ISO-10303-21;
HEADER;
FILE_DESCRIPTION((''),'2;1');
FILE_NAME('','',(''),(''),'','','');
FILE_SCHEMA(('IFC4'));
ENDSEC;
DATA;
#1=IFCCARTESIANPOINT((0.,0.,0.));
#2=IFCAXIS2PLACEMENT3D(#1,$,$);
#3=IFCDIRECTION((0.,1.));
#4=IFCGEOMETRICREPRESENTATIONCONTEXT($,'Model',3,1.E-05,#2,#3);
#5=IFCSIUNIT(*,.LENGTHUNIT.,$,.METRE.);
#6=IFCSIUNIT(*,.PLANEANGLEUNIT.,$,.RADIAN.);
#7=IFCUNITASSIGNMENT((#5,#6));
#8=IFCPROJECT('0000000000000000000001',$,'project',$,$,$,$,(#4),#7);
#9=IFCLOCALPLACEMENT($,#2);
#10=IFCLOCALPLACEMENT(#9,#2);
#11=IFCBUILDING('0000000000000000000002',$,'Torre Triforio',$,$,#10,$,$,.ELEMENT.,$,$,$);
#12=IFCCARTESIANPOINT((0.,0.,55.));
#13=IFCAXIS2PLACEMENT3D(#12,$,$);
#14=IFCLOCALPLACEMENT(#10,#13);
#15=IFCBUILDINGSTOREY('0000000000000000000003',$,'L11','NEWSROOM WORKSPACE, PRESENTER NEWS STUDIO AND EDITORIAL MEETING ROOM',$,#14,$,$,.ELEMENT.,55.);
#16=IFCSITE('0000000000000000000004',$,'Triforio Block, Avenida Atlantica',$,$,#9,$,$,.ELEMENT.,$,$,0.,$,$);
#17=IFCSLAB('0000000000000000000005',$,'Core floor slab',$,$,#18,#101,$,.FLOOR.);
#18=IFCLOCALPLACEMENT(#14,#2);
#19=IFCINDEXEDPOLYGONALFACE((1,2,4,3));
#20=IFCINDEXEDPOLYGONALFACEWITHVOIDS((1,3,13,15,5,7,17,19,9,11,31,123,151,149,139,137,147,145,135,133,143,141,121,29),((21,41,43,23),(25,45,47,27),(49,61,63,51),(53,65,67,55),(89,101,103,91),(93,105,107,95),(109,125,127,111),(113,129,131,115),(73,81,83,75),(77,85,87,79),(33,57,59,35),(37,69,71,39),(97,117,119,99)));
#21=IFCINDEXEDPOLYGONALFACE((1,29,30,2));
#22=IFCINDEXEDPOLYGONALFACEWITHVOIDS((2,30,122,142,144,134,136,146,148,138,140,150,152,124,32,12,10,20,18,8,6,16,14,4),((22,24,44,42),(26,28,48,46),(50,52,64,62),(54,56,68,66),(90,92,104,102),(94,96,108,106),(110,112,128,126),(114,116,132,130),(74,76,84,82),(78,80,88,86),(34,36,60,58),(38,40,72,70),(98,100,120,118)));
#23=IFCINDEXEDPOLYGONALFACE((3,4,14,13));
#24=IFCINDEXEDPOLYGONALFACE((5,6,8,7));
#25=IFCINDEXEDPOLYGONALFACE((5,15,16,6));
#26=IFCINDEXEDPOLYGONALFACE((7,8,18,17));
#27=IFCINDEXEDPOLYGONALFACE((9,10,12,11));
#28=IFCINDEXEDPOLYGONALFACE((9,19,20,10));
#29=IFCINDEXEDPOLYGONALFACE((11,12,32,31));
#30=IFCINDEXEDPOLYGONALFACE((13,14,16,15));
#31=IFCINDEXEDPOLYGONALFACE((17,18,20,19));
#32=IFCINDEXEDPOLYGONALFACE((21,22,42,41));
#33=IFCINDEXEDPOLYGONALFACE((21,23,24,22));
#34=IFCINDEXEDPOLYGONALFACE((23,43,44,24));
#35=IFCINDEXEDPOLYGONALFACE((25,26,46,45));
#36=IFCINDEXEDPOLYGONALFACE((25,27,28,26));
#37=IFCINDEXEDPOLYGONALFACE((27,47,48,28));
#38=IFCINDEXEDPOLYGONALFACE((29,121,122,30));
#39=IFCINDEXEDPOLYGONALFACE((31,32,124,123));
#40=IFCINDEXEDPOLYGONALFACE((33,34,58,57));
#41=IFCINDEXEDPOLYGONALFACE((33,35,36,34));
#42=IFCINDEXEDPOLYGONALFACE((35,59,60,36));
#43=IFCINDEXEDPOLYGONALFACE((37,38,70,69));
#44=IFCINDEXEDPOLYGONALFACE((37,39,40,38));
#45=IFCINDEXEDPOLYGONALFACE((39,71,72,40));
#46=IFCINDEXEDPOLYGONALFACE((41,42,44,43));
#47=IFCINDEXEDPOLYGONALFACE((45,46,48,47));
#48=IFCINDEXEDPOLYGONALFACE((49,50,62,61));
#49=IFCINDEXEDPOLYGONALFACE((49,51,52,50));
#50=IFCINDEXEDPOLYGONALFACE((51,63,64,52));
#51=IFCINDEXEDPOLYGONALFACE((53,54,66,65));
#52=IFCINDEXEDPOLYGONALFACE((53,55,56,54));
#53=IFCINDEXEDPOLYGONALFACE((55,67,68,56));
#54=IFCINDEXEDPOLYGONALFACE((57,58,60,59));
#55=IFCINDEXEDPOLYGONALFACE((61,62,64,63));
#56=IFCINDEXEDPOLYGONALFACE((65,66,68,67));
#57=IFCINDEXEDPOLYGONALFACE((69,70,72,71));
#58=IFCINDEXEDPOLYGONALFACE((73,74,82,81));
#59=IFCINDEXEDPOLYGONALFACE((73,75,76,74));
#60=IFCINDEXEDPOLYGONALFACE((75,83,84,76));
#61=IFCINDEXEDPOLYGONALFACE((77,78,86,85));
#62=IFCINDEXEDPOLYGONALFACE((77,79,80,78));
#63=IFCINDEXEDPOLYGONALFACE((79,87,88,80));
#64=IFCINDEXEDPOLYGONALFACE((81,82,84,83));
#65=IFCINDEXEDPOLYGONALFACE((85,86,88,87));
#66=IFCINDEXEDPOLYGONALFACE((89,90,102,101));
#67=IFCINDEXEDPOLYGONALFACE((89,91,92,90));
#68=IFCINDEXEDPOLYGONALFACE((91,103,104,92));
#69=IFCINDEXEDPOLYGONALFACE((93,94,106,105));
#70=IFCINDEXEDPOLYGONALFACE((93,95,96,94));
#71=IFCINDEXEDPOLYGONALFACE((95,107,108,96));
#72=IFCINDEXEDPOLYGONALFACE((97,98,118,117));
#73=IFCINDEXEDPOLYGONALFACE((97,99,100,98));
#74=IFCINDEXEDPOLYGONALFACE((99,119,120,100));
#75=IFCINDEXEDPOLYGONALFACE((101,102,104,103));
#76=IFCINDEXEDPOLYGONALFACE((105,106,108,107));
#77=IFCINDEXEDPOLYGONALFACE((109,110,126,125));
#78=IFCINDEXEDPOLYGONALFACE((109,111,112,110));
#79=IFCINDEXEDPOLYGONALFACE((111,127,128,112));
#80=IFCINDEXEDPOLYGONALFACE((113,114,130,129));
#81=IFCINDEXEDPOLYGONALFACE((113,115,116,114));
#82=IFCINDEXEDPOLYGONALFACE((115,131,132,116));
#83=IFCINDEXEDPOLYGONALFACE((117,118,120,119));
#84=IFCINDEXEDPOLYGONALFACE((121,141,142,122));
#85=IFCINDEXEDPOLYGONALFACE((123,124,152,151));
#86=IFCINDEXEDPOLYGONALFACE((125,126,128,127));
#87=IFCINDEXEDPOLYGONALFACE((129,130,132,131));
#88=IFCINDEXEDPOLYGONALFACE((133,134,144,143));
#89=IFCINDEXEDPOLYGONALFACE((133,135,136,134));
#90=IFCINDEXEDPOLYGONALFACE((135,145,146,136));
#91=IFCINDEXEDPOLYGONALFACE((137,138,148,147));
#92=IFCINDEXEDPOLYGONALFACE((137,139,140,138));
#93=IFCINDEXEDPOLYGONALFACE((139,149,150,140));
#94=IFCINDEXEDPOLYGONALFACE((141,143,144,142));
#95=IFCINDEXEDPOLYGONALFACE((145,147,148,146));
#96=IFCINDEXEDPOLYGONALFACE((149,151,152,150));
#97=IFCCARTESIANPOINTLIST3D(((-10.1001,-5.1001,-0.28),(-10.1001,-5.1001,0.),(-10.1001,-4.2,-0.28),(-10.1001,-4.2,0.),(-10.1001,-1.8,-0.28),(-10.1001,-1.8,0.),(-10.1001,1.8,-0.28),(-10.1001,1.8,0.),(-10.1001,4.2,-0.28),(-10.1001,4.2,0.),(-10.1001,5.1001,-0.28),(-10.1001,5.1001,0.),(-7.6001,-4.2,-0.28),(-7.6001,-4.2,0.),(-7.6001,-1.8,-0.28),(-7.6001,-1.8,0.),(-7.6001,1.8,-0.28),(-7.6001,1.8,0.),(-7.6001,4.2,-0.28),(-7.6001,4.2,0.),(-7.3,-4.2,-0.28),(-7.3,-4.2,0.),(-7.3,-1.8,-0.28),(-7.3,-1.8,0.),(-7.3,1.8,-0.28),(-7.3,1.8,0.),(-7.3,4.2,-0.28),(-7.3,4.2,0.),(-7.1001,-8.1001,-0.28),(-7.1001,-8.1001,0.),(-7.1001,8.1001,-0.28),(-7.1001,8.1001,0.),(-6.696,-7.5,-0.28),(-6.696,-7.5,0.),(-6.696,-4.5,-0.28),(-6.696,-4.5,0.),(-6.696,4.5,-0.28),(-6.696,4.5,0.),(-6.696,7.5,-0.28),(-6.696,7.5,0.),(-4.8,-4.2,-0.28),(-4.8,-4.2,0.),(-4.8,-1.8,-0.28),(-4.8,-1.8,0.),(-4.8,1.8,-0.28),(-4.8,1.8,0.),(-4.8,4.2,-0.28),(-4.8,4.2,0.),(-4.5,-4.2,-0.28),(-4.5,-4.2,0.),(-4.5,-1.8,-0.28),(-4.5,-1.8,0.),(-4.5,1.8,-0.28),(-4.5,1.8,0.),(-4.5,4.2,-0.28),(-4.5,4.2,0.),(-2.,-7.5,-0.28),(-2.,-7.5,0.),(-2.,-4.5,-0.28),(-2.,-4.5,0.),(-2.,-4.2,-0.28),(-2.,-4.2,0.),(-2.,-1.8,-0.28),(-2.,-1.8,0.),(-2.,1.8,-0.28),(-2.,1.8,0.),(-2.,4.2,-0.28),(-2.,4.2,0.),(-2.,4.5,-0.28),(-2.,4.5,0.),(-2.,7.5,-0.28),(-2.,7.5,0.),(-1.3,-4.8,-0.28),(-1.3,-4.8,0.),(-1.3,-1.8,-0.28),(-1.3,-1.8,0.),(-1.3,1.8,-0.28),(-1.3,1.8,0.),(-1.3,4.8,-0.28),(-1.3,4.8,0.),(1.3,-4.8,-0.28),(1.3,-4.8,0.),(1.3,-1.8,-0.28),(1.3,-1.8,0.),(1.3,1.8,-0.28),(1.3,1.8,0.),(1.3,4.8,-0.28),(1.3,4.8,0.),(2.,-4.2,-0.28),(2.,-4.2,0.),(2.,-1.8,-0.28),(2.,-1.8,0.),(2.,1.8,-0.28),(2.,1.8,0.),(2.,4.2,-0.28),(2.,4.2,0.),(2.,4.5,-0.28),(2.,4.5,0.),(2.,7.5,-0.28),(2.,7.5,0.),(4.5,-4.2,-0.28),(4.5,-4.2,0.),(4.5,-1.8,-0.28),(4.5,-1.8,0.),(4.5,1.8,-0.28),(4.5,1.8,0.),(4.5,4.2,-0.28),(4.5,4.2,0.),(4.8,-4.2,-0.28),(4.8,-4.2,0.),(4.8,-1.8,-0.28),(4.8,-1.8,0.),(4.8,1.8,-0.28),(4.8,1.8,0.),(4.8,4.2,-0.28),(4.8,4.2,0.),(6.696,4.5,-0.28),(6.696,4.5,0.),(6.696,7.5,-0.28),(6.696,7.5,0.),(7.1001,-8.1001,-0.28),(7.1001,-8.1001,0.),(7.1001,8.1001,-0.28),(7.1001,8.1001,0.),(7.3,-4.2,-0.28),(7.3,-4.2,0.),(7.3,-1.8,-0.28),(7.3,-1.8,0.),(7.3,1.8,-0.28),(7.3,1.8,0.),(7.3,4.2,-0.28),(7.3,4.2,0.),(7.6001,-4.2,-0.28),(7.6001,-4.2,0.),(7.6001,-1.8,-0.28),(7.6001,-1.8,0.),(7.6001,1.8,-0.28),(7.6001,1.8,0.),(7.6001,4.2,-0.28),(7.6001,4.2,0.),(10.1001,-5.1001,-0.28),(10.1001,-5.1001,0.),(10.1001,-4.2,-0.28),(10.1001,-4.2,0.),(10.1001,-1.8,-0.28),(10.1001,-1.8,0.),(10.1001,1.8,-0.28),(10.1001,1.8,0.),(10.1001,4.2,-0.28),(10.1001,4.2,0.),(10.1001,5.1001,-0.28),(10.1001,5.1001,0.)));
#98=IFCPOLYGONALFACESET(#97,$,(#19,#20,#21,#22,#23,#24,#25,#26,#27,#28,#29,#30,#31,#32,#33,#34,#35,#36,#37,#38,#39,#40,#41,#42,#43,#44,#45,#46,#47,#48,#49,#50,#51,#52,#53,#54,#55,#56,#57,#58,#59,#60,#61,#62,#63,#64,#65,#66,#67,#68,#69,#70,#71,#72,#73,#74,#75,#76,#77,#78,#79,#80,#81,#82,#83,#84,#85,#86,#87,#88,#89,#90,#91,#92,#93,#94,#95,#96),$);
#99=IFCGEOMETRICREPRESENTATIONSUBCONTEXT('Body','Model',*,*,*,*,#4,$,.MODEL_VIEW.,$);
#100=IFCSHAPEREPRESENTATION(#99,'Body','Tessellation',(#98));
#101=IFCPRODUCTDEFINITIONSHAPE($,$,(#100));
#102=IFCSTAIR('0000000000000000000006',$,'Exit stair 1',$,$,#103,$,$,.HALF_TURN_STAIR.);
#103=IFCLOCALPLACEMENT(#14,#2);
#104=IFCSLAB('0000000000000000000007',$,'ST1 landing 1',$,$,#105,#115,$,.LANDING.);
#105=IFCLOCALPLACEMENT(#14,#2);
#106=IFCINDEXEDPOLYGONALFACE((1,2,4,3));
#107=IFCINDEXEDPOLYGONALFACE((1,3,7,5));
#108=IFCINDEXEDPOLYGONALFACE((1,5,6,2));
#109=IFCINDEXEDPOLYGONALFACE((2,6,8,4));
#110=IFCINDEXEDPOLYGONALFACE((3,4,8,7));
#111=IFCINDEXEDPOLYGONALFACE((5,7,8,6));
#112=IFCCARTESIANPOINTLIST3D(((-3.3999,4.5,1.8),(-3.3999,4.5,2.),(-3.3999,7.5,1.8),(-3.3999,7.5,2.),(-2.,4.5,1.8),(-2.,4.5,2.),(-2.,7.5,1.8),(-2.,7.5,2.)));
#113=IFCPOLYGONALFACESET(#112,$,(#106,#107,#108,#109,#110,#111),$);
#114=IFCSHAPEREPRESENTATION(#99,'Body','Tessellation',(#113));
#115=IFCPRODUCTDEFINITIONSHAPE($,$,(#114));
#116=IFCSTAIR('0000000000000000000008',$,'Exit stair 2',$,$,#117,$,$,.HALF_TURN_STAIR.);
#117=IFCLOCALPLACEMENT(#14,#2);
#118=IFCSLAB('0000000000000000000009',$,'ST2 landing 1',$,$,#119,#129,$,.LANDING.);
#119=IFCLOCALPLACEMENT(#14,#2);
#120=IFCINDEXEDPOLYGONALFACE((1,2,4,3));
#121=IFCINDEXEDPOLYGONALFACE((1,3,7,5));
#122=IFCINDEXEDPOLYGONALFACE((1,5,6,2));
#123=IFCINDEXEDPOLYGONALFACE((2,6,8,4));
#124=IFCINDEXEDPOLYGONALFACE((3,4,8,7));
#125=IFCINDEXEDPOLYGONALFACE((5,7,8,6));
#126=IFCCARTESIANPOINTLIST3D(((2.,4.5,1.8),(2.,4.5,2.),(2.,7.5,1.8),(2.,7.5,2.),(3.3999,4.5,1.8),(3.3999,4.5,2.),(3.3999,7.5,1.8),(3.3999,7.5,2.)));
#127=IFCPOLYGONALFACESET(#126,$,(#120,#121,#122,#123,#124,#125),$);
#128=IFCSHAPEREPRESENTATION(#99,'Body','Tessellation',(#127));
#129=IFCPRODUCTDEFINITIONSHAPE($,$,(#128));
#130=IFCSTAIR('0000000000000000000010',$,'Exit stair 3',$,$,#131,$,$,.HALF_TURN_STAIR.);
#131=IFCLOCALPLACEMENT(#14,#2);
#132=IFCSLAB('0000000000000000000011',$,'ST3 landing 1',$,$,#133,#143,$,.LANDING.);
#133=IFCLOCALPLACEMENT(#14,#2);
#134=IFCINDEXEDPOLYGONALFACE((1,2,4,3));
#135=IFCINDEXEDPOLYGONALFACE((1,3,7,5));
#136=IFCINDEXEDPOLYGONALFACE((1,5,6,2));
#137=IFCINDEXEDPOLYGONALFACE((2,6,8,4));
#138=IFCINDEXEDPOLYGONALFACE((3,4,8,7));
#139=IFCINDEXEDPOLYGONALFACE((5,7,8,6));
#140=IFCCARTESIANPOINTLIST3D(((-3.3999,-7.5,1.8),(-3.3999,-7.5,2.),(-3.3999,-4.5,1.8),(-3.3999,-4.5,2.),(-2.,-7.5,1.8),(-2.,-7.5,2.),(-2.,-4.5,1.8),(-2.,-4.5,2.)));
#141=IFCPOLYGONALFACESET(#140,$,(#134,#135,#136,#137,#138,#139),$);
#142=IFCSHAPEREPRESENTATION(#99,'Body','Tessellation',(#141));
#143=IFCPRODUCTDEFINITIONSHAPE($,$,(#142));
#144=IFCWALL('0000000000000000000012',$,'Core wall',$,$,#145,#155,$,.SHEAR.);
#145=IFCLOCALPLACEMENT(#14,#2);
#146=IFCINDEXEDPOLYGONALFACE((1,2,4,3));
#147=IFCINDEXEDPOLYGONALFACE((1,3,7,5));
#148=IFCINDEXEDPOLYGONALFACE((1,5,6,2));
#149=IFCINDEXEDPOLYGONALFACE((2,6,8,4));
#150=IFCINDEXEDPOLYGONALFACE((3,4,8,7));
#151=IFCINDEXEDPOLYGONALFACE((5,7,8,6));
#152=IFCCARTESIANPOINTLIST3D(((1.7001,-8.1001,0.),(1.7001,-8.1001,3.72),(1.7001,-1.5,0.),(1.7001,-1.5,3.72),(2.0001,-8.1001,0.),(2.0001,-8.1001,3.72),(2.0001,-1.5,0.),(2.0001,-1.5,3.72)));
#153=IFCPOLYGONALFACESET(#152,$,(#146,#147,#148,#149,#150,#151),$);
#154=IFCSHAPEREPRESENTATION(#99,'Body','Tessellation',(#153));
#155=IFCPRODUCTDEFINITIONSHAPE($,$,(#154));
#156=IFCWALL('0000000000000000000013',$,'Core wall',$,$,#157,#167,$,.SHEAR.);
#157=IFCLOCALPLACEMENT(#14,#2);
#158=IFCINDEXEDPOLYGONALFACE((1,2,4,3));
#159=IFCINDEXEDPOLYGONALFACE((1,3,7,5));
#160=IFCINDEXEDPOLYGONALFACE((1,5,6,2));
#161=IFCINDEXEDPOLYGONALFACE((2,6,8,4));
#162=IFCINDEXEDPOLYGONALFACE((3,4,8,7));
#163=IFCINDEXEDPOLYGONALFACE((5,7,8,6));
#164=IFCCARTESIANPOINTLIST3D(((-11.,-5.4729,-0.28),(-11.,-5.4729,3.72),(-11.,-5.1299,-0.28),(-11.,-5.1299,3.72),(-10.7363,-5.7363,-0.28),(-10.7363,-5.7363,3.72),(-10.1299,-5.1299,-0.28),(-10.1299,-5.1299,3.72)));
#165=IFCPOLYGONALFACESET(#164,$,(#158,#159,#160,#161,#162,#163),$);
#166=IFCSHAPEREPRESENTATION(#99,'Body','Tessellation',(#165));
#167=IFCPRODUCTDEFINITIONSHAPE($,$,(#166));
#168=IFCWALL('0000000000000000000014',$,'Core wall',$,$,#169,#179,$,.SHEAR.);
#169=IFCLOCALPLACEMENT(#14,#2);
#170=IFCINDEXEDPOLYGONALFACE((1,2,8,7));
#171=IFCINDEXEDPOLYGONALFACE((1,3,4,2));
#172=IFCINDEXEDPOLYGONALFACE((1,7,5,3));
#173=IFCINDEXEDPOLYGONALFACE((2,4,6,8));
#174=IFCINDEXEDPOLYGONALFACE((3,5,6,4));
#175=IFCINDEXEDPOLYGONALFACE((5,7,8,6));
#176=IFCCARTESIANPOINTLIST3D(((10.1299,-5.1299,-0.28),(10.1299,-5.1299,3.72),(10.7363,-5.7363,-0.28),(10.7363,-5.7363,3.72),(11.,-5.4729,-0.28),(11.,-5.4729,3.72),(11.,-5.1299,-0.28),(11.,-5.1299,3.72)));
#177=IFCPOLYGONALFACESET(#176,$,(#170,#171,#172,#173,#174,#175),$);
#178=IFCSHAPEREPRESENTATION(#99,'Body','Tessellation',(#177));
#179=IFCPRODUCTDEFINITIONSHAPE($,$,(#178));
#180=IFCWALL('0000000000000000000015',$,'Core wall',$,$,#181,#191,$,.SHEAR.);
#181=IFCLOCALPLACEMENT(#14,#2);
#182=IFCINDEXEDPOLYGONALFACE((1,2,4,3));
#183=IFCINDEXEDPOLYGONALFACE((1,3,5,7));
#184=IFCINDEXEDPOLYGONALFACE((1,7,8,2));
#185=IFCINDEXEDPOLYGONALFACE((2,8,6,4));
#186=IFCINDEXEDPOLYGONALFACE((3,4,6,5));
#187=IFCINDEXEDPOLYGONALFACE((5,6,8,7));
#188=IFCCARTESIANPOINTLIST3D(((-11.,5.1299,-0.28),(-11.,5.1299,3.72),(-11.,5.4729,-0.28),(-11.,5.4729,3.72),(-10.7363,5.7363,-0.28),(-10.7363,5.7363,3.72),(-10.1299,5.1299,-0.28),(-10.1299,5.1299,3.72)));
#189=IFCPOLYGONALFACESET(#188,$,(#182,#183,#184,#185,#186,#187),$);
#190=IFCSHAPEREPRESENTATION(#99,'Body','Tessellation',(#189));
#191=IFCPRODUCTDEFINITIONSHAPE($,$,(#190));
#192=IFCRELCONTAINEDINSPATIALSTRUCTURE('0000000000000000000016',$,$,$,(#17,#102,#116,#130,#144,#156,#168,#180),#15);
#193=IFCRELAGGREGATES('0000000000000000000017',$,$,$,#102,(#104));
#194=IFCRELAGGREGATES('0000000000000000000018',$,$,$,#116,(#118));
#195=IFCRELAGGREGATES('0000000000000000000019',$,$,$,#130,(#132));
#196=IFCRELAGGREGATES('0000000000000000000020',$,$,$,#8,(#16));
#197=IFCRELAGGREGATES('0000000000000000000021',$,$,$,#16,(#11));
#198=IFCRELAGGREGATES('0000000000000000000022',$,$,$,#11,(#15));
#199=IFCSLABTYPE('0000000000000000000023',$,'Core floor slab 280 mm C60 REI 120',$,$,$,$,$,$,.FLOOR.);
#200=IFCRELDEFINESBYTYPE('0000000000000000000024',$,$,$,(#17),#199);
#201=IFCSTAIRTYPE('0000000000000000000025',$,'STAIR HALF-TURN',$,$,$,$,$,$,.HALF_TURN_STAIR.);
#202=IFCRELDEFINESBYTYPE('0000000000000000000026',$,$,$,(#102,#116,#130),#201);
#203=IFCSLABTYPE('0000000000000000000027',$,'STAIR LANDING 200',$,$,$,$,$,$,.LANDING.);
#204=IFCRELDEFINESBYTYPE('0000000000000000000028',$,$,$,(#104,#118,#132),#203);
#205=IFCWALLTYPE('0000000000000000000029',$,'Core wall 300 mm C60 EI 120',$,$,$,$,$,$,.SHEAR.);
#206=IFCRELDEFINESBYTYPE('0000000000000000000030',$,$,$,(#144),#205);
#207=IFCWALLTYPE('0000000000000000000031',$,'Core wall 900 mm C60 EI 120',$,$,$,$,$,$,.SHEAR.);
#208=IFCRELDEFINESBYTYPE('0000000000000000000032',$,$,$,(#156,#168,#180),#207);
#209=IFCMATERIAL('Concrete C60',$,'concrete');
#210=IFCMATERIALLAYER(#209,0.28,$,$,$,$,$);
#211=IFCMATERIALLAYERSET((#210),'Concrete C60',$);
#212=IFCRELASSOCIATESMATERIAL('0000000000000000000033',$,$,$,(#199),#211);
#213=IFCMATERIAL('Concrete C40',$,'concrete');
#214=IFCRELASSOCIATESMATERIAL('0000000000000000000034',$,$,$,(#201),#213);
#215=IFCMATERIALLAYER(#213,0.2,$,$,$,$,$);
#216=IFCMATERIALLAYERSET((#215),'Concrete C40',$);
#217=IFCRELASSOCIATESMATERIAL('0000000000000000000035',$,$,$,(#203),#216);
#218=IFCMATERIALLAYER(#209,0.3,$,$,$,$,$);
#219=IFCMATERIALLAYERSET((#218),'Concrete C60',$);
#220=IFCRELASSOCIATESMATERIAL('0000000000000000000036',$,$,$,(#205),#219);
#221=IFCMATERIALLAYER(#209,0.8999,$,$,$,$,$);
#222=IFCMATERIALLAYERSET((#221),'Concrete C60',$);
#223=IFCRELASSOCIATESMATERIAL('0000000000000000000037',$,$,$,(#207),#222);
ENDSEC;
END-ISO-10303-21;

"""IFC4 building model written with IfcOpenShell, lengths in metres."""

from ifc_helpers import new_model, si_unit, direction, frame, frame_2d, origin, place, context, subcontext, project, spatial, polyline, rectangle, outline, extrude, material, layer, layer_set, type_object, element, aggregate, save


model = new_model("IFC4")

# Units and contexts
model_context = context("Model", 3, precision=1e-05, world=origin(), true_north=direction((0.0, 1.0)))
body_context = subcontext(model_context, "Body", "Model", "MODEL_VIEW")
ifc_project = project(units=[si_unit("LENGTHUNIT", "METRE"), si_unit("PLANEANGLEUNIT", "RADIAN")], contexts=[model_context])

# Site, building, storey
site_placement = place(None, origin())
site = spatial("IfcSite", under=ifc_project, at=site_placement, Name="Triforio Block, Avenida Atlantica", CompositionType="ELEMENT", RefElevation=0.0)
building_placement = place(site_placement, origin())
building = spatial("IfcBuilding", under=site, at=building_placement, Name="Torre Triforio", CompositionType="ELEMENT")
storey_placement = place(building_placement, frame((0.0, 0.0, 55.0)))
storey = spatial("IfcBuildingStorey", under=building, at=storey_placement, Name="L11", Description="NEWSROOM WORKSPACE, PRESENTER NEWS STUDIO AND EDITORIAL MEETING ROOM", CompositionType="ELEMENT", Elevation=55.0)

# Slab
ifc_material_1 = material(Name="Concrete C60", Category="concrete")
ifc_layer_1 = layer(ifc_material_1, 0.28)
ifc_layer_set_1 = layer_set([ifc_layer_1], Name="Concrete C60")
slab_type_1 = type_object("IfcSlabType", Name="Core floor slab 280 mm C60 REI 120", PredefinedType="FLOOR", material=ifc_layer_set_1)
slab_1_placement = place(storey_placement, frame((0.0, 0.0, -0.28)))
element("IfcSlab", 1, at=slab_1_placement, inside=storey, type_object=slab_type_1, Name="Core floor slab", PredefinedType="FLOOR", context=body_context, shape_type="SweptSolid", body=[
    extrude(outline(polyline([(10.1001, -5.1001), (7.1001, -8.1001), (-7.1001, -8.1001), (-10.1001, -5.1001), (-10.1001, -4.2), (-7.6001, -4.2), (-7.6001, -1.8), (-10.1001, -1.8), (-10.1001, 1.8), (-7.6001, 1.8), (-7.6001, 4.2), (-10.1001, 4.2), (-10.1001, 5.1001), (-7.1001, 8.1001), (7.1001, 8.1001), (10.1001, 5.1001), (10.1001, 4.2), (7.6001, 4.2), (7.6001, 1.8), (10.1001, 1.8), (10.1001, -1.8), (7.6001, -1.8), (7.6001, -4.2), (10.1001, -4.2), (10.1001, -5.1001)]), holes=[polyline([(-2.0, -4.5), (-6.696, -4.5), (-6.696, -7.5), (-2.0, -7.5), (-2.0, -4.5)]), polyline([(-4.8, -1.8), (-7.3, -1.8), (-7.3, -4.2), (-4.8, -4.2), (-4.8, -1.8)]), polyline([(-2.0, -1.8), (-4.5, -1.8), (-4.5, -4.2), (-2.0, -4.2), (-2.0, -1.8)]), polyline([(-4.8, 4.2), (-7.3, 4.2), (-7.3, 1.8), (-4.8, 1.8), (-4.8, 4.2)]), polyline([(-2.0, 4.2), (-4.5, 4.2), (-4.5, 1.8), (-2.0, 1.8), (-2.0, 4.2)]), polyline([(1.3, 4.8), (-1.3, 4.8), (-1.3, 1.8), (1.3, 1.8), (1.3, 4.8)]), polyline([(-2.0, 7.5), (-6.696, 7.5), (-6.696, 4.5), (-2.0, 4.5), (-2.0, 7.5)]), polyline([(1.3, -1.8), (-1.3, -1.8), (-1.3, -4.8), (1.3, -4.8), (1.3, -1.8)]), polyline([(4.5, -1.8), (2.0, -1.8), (2.0, -4.2), (4.5, -4.2), (4.5, -1.8)]), polyline([(7.3, -1.8), (4.8, -1.8), (4.8, -4.2), (7.3, -4.2), (7.3, -1.8)]), polyline([(4.5, 4.2), (2.0, 4.2), (2.0, 1.8), (4.5, 1.8), (4.5, 4.2)]), polyline([(7.3, 4.2), (4.8, 4.2), (4.8, 1.8), (7.3, 1.8), (7.3, 4.2)]), polyline([(6.696, 4.5), (6.696, 7.5), (2.0, 7.5), (2.0, 4.5), (6.696, 4.5)])]), origin(), (0.0, 0.0, 1.0), 0.28),
])

# Stairs, slabs
ifc_material_2 = material(Name="Concrete C40", Category="concrete")
stair_type = type_object("IfcStairType", Name="STAIR HALF-TURN", PredefinedType="HALF_TURN_STAIR", material=ifc_material_2)
stair_1_placement = place(storey_placement, origin())
stair_1 = element("IfcStair", 2, at=stair_1_placement, inside=storey, type_object=stair_type, Name="Exit stair 1", PredefinedType="HALF_TURN_STAIR")
ifc_layer_2 = layer(ifc_material_2, 0.2)
ifc_layer_set_2 = layer_set([ifc_layer_2], Name="Concrete C40")
slab_type_2 = type_object("IfcSlabType", Name="STAIR LANDING 200", PredefinedType="LANDING", material=ifc_layer_set_2)
slab_2_placement = place(storey_placement, frame((0.0, 0.0, 1.8)))
slab_2 = element("IfcSlab", 3, at=slab_2_placement, type_object=slab_type_2, Name="ST1 landing 1", PredefinedType="LANDING", context=body_context, shape_type="SweptSolid", body=[
    extrude(outline(polyline([(-2.0, 4.5), (-2.0, 7.5), (-3.3999, 7.5), (-3.3999, 4.5), (-2.0, 4.5)])), origin(), (0.0, 0.0, 1.0), 0.2),
])
aggregate(stair_1, [slab_2])
stair_2_placement = place(storey_placement, origin())
stair_2 = element("IfcStair", 4, at=stair_2_placement, inside=storey, type_object=stair_type, Name="Exit stair 2", PredefinedType="HALF_TURN_STAIR")
slab_3_placement = place(storey_placement, frame((0.0, 0.0, 1.8)))
slab_3 = element("IfcSlab", 5, at=slab_3_placement, type_object=slab_type_2, Name="ST2 landing 1", PredefinedType="LANDING", context=body_context, shape_type="SweptSolid", body=[
    extrude(outline(polyline([(3.3999, 4.5), (3.3999, 7.5), (2.0, 7.5), (2.0, 4.5), (3.3999, 4.5)])), origin(), (0.0, 0.0, 1.0), 0.2),
])
aggregate(stair_2, [slab_3])
stair_3_placement = place(storey_placement, origin())
stair_3 = element("IfcStair", 6, at=stair_3_placement, inside=storey, type_object=stair_type, Name="Exit stair 3", PredefinedType="HALF_TURN_STAIR")
slab_4_placement = place(storey_placement, frame((0.0, 0.0, 1.8)))
slab_4 = element("IfcSlab", 7, at=slab_4_placement, type_object=slab_type_2, Name="ST3 landing 1", PredefinedType="LANDING", context=body_context, shape_type="SweptSolid", body=[
    extrude(outline(polyline([(-2.0, -7.5), (-2.0, -4.5), (-3.3999, -4.5), (-3.3999, -7.5), (-2.0, -7.5)])), origin(), (0.0, 0.0, 1.0), 0.2),
])
aggregate(stair_3, [slab_4])

# Walls
ifc_layer_3 = layer(ifc_material_1, 0.3)
ifc_layer_set_3 = layer_set([ifc_layer_3], Name="Concrete C60")
wall_type_1 = type_object("IfcWallType", Name="Core wall 300 mm C60 EI 120", PredefinedType="SHEAR", material=ifc_layer_set_3)
wall_1_placement = place(storey_placement, frame((1.8501, -8.1001, 0.0), z_axis=(0.0, 0.0, 1.0), x_axis=(0.0, 1.0, 0.0)))
element("IfcWall", 8, at=wall_1_placement, inside=storey, type_object=wall_type_1, Name="Core wall", PredefinedType="SHEAR", context=body_context, shape_type="SweptSolid", body=[
    extrude(rectangle(XDim=6.6001, YDim=0.3, at=frame_2d((3.3, 0.0))), origin(), (0.0, 0.0, 1.0), 3.72),
])
ifc_layer_4 = layer(ifc_material_1, 0.8999)
ifc_layer_set_4 = layer_set([ifc_layer_4], Name="Concrete C60")
wall_type_2 = type_object("IfcWallType", Name="Core wall 900 mm C60 EI 120", PredefinedType="SHEAR", material=ifc_layer_set_4)
wall_2_placement = place(storey_placement, frame((0.0, 0.0, -0.28)))
element("IfcWall", 9, at=wall_2_placement, inside=storey, type_object=wall_type_2, Name="Core wall", PredefinedType="SHEAR", context=body_context, shape_type="SweptSolid", body=[
    extrude(outline(polyline([(-11.0, -5.4729), (-11.0, -5.1299), (-10.1299, -5.1299), (-10.7363, -5.7363), (-11.0, -5.4729)])), origin(), (0.0, 0.0, 1.0), 4.0),
])
wall_3_placement = place(storey_placement, frame((0.0, 0.0, -0.28)))
element("IfcWall", 10, at=wall_3_placement, inside=storey, type_object=wall_type_2, Name="Core wall", PredefinedType="SHEAR", context=body_context, shape_type="SweptSolid", body=[
    extrude(outline(polyline([(11.0, -5.4729), (10.7363, -5.7363), (10.1299, -5.1299), (11.0, -5.1299), (11.0, -5.4729)])), origin(), (0.0, 0.0, 1.0), 4.0),
])
wall_4_placement = place(storey_placement, frame((0.0, 0.0, -0.28)))
element("IfcWall", 11, at=wall_4_placement, inside=storey, type_object=wall_type_2, Name="Core wall", PredefinedType="SHEAR", context=body_context, shape_type="SweptSolid", body=[
    extrude(outline(polyline([(-10.7363, 5.7363), (-10.1299, 5.1299), (-11.0, 5.1299), (-11.0, 5.4729), (-10.7363, 5.7363)])), origin(), (0.0, 0.0, 1.0), 4.0),
])

save(model, "model.ifc")
